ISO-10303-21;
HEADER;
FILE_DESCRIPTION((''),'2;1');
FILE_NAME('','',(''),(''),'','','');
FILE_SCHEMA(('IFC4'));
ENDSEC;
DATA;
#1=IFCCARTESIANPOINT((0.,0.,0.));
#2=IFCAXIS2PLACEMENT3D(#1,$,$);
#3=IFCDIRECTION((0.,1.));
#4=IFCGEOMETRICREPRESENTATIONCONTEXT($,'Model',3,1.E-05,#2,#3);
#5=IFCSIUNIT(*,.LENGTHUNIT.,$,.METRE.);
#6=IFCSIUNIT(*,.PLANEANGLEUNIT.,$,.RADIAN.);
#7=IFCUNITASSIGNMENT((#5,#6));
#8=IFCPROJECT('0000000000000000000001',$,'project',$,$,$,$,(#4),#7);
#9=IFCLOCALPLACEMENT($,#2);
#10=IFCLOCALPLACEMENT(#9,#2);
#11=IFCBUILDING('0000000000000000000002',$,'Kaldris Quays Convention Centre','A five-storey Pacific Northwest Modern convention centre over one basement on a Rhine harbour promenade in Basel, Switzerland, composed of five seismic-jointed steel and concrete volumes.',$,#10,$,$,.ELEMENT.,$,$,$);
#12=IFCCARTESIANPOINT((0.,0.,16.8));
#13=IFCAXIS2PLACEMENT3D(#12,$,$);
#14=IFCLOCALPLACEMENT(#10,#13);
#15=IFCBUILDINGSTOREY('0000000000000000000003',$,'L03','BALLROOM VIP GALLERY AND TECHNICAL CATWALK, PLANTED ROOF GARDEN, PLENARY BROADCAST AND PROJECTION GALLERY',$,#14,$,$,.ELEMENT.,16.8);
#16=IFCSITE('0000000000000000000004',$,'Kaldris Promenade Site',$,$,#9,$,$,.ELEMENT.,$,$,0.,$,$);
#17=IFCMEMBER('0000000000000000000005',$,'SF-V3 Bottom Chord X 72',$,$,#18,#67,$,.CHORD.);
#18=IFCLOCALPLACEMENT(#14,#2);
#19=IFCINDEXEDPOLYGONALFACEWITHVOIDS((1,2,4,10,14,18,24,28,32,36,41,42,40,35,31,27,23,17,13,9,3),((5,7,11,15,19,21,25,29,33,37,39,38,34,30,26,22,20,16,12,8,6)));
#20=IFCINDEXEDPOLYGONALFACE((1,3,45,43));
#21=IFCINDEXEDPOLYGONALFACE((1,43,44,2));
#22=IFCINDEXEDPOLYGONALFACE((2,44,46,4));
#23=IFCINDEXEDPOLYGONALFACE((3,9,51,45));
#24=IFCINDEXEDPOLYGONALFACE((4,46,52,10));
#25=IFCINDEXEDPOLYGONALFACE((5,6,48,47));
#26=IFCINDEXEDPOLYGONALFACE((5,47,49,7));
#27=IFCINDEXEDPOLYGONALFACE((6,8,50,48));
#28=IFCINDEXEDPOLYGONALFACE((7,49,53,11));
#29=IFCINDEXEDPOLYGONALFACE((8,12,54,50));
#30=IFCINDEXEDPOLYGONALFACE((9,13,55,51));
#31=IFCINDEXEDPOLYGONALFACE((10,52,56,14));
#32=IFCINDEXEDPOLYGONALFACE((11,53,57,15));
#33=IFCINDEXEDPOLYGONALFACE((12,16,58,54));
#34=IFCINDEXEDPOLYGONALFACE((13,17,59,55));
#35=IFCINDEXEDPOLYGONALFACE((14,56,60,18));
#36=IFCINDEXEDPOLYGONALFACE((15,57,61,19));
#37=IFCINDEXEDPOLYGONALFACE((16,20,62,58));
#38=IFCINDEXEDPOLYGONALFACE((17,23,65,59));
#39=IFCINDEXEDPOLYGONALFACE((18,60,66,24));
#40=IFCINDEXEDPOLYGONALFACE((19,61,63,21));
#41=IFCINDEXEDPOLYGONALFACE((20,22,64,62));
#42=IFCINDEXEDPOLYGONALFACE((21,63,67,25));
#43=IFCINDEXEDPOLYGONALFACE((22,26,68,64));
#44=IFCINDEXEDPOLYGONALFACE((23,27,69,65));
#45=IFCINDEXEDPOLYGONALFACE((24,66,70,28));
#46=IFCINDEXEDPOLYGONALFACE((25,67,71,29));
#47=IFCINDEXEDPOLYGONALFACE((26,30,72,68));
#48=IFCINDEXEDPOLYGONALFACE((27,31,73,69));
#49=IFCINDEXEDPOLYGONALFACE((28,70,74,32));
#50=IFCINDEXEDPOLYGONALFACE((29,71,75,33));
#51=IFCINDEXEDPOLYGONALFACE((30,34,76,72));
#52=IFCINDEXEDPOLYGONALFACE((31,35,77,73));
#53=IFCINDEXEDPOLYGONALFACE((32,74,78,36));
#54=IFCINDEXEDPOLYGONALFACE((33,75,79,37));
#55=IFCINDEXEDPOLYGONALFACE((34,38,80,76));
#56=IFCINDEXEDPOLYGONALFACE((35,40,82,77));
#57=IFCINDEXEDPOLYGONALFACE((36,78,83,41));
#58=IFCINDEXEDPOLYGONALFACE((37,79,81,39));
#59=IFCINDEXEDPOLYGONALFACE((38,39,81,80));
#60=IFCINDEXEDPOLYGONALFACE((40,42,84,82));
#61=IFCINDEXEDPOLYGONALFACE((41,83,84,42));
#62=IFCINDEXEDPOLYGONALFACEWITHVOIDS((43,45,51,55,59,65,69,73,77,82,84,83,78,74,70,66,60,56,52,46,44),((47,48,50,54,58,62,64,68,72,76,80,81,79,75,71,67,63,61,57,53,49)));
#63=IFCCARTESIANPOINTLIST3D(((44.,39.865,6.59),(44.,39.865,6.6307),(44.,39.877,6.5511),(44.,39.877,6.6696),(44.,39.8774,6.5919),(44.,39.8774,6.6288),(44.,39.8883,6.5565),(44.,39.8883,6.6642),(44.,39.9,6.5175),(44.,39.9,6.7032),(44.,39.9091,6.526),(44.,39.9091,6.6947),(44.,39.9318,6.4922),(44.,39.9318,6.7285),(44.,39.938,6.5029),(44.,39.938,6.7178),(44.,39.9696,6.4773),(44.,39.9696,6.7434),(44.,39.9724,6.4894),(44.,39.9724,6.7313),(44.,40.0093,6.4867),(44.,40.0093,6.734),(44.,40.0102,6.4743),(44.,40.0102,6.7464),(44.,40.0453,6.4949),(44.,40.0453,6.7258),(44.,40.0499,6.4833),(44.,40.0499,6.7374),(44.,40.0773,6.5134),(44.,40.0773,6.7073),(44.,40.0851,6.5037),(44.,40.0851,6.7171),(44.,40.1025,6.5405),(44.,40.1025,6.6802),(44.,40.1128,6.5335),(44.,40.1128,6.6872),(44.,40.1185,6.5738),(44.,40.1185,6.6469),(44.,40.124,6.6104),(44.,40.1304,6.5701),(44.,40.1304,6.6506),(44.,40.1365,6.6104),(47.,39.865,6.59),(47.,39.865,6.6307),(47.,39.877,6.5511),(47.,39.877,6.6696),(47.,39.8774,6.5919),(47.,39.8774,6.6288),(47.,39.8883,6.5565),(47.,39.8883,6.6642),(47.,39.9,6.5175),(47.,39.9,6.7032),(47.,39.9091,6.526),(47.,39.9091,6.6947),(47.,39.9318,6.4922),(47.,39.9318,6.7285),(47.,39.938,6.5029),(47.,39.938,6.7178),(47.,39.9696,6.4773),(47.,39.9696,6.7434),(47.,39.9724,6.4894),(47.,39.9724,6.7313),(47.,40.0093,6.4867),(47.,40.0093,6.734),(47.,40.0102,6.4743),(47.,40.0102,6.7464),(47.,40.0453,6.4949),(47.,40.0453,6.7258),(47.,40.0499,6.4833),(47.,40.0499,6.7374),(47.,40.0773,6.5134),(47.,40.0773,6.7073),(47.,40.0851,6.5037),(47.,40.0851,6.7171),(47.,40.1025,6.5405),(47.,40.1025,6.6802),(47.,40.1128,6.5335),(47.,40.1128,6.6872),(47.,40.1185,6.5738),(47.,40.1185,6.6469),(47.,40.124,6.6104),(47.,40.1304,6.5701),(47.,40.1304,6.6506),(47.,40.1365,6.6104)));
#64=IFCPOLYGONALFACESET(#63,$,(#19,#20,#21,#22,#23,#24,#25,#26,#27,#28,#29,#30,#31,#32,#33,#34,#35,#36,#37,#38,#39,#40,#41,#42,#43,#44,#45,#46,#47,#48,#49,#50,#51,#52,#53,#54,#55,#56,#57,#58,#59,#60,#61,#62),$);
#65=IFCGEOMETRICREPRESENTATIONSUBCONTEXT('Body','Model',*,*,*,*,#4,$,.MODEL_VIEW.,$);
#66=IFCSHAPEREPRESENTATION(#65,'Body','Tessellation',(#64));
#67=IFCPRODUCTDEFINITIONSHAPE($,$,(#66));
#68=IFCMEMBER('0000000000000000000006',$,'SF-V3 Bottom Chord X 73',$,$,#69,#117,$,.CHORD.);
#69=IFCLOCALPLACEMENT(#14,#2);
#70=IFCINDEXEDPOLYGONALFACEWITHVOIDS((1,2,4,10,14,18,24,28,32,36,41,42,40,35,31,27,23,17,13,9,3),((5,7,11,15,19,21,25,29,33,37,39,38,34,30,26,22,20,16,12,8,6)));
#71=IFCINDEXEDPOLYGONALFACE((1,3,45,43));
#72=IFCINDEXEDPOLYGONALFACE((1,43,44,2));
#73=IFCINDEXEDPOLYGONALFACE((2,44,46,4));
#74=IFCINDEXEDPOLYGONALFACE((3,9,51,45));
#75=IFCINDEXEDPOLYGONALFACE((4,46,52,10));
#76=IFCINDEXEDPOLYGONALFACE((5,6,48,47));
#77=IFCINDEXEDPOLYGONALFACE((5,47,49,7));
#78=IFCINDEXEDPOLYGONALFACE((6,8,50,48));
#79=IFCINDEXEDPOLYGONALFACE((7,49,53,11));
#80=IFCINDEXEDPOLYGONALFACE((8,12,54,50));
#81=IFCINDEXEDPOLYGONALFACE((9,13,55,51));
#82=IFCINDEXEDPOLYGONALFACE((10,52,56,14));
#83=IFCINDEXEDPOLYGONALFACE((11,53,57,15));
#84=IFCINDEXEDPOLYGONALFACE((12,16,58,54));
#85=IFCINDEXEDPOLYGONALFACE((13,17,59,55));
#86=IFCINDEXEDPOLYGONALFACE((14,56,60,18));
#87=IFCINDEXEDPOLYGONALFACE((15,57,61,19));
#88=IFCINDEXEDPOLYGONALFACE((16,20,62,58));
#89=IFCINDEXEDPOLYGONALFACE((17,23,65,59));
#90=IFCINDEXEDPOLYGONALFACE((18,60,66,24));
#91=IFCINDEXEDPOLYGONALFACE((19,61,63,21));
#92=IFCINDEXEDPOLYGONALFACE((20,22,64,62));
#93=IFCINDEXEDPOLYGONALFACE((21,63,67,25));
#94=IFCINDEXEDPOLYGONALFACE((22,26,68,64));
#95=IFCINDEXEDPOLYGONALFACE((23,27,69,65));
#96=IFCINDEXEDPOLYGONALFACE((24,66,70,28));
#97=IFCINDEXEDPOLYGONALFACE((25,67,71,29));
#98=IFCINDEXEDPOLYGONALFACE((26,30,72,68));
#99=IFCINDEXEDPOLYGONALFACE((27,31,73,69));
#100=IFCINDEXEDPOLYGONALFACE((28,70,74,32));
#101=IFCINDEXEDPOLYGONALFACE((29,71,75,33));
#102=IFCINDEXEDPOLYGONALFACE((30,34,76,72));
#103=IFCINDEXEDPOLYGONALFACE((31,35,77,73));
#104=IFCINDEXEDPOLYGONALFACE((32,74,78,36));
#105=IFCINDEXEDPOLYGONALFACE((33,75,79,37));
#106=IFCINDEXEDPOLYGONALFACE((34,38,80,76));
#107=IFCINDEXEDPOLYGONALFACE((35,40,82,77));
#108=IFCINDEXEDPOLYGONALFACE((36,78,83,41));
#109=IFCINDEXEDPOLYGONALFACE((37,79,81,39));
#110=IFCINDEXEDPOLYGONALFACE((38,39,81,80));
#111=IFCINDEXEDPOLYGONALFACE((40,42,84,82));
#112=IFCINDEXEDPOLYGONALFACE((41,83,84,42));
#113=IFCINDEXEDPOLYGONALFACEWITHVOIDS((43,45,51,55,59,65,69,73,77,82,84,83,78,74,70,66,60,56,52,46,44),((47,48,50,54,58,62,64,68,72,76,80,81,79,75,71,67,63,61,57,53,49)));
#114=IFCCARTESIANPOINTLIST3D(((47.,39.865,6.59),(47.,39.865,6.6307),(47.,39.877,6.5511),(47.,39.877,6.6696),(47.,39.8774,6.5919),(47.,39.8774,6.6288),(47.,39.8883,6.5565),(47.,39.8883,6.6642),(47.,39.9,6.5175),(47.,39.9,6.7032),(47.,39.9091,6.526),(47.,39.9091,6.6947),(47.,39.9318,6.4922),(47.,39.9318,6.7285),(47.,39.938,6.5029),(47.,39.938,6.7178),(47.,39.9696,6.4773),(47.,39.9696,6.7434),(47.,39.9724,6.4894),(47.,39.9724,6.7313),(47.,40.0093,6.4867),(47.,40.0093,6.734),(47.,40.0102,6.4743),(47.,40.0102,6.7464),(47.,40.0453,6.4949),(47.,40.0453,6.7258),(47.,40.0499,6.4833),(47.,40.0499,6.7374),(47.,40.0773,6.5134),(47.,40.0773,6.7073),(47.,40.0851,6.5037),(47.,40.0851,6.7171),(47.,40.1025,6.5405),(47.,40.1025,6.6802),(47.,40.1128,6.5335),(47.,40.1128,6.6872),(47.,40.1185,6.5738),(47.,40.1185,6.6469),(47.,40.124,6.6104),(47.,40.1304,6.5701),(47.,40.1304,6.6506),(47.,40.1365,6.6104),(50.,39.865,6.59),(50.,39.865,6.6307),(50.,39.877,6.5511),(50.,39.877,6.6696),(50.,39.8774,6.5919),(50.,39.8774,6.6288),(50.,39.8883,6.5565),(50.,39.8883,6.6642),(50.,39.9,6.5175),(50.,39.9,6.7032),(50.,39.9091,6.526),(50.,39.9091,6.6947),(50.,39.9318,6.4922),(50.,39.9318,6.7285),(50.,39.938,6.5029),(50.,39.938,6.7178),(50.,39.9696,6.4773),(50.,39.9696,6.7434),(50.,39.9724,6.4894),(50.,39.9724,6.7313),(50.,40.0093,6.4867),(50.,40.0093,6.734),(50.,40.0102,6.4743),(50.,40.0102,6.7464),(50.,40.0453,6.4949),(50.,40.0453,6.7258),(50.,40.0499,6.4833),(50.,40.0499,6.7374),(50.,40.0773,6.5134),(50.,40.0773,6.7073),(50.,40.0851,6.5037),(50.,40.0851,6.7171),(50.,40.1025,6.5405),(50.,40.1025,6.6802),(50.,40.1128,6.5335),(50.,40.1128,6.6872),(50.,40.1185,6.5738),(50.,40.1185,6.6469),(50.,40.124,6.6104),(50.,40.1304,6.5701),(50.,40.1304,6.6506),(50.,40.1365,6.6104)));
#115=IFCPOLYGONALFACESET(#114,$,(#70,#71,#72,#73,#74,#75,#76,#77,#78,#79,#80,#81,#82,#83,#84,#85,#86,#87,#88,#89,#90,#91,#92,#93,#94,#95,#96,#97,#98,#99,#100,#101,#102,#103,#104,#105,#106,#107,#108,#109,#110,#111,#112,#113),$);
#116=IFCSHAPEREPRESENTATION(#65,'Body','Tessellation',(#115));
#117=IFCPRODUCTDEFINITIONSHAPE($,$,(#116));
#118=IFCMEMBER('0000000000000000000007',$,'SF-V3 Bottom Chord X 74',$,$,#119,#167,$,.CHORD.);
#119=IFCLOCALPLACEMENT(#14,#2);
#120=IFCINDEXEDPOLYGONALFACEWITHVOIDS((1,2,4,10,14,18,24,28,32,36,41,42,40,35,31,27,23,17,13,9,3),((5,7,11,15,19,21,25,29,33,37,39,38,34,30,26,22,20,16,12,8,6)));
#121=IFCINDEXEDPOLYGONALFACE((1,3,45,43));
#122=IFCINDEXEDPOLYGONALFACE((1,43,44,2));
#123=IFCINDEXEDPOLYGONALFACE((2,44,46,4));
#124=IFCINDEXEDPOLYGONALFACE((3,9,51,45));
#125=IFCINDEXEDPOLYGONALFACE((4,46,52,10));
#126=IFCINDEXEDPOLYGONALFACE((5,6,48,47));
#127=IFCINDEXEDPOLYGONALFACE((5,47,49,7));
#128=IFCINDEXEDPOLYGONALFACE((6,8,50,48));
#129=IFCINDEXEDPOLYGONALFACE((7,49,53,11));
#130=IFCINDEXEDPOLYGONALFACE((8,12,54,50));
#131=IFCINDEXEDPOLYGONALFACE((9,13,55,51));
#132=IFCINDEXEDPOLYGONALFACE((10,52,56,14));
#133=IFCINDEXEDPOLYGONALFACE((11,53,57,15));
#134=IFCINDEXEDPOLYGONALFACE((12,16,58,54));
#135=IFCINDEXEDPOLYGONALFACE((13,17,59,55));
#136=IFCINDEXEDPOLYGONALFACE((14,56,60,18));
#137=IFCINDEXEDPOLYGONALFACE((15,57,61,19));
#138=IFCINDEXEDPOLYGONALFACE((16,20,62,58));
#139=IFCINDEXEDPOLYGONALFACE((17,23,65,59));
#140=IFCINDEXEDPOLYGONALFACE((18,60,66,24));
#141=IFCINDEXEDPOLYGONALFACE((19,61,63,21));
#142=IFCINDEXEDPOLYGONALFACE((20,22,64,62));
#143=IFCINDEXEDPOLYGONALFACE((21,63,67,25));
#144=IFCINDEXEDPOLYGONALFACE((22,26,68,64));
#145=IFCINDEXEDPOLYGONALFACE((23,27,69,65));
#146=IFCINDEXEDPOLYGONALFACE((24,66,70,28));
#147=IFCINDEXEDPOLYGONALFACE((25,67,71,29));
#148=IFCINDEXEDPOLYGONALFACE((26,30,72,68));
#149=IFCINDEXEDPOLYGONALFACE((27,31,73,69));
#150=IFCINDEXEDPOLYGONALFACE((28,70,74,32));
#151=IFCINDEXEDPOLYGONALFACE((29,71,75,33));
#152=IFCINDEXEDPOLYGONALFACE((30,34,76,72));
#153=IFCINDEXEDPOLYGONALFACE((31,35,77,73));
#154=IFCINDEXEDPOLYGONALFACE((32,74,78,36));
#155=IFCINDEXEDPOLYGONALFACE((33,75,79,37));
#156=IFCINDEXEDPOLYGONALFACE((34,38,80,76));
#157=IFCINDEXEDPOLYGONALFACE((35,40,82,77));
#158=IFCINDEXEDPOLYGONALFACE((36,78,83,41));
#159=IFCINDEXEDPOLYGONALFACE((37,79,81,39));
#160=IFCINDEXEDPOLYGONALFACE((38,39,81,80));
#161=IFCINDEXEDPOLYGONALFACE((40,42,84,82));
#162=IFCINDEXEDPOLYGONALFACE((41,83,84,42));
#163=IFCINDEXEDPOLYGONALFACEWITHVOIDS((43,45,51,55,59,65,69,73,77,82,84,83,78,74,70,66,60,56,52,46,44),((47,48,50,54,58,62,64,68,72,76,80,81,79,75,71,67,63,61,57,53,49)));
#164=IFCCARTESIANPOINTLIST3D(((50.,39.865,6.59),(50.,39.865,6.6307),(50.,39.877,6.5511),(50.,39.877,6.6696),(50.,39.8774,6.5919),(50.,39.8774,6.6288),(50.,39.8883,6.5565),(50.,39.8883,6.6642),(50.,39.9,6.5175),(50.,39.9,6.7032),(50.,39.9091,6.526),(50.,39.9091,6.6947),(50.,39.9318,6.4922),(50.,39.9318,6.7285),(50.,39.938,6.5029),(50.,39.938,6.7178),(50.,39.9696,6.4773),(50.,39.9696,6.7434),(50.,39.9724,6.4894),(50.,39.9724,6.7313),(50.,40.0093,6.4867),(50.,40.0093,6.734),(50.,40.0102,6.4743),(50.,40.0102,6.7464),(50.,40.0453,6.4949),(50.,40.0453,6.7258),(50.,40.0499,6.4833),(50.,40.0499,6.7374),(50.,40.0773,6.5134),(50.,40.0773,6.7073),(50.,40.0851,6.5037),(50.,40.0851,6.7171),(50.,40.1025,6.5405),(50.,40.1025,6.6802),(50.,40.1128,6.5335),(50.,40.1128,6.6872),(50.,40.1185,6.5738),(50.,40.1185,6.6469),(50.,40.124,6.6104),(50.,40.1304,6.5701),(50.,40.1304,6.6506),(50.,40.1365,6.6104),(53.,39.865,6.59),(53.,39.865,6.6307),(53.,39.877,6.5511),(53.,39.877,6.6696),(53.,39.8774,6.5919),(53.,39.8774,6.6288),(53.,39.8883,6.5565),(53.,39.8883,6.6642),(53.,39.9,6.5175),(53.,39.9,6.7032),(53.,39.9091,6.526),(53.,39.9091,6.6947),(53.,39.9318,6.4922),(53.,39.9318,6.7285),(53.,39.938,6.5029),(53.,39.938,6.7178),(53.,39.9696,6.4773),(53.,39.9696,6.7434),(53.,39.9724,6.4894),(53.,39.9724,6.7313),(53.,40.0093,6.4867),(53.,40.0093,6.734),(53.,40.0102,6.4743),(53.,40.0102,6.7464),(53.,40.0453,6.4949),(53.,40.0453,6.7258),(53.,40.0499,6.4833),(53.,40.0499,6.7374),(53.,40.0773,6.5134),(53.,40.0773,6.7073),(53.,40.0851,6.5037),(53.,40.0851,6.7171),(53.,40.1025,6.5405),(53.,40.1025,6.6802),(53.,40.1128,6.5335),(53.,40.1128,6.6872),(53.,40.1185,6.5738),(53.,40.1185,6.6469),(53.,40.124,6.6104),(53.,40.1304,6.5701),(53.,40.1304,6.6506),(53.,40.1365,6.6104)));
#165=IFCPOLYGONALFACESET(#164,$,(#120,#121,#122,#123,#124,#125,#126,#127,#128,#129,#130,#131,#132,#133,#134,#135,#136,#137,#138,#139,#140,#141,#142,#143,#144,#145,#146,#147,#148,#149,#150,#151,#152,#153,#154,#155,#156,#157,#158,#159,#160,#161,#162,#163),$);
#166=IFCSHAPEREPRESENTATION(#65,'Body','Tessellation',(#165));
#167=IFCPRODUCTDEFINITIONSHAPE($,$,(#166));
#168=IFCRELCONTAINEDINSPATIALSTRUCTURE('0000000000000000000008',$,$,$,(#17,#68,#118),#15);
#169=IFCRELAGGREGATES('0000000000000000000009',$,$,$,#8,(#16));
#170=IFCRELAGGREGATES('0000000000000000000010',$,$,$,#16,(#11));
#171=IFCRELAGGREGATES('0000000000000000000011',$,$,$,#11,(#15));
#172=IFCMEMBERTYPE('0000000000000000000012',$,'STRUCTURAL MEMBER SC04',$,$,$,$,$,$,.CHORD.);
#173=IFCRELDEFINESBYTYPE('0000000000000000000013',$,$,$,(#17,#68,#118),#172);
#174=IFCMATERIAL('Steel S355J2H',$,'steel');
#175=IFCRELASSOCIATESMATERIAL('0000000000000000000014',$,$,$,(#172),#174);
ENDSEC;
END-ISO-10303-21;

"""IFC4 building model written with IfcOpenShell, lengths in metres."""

from ifc_helpers import new_model, si_unit, direction, frame, origin, origin_2d, place, context, subcontext, project, spatial, hollow_circle, extrude, material, material_profile, profile_set, type_object, element, save


model = new_model("IFC4")

# Units and contexts
model_context = context("Model", 3, precision=1e-05, world=origin(), true_north=direction((0.0, 1.0)))
body_context = subcontext(model_context, "Body", "Model", "MODEL_VIEW")
ifc_project = project(units=[si_unit("LENGTHUNIT", "METRE"), si_unit("PLANEANGLEUNIT", "RADIAN")], contexts=[model_context])

# Site, building, storey
site_placement = place(None, origin())
site = spatial("IfcSite", under=ifc_project, at=site_placement, Name="Kaldris Promenade Site", CompositionType="ELEMENT", RefElevation=0.0)
building_placement = place(site_placement, origin())
building = spatial("IfcBuilding", under=site, at=building_placement, Name="Kaldris Quays Convention Centre", Description="A five-storey Pacific Northwest Modern convention centre over one basement on a Rhine harbour promenade in Basel, Switzerland, composed of five seismic-jointed steel and concrete volumes.", CompositionType="ELEMENT")
storey_placement = place(building_placement, frame((0.0, 0.0, 16.8)))
storey = spatial("IfcBuildingStorey", under=building, at=storey_placement, Name="L03", Description="BALLROOM VIP GALLERY AND TECHNICAL CATWALK, PLANTED ROOF GARDEN, PLENARY BROADCAST AND PROJECTION GALLERY", CompositionType="ELEMENT", Elevation=16.8)

# Members
ifc_material_1 = material(Name="Steel S355J2H", Category="steel")
ifc_material_profile_1 = material_profile(ifc_material_1, hollow_circle(Radius=0.1365, WallThickness=0.0125, at=origin_2d()), Name="CHS 273x12.5")
ifc_profile_set_1 = profile_set([ifc_material_profile_1], Name="Steel S355J2H")
member_type_1 = type_object("IfcMemberType", Name="STRUCTURAL MEMBER SC04", PredefinedType="CHORD", material=ifc_profile_set_1)
for number, where, z_axis, x_axis, name in (
    (1, (44.0, 40.0, 6.6104), (1.0, 0.0, 0.0), (0.0, 1.0, 0.0), "SF-V3 Bottom Chord X 72"),
    (2, (47.0, 40.0, 6.6104), (1.0, 0.0, 0.0), (0.0, 1.0, 0.0), "SF-V3 Bottom Chord X 73"),
    (3, (50.0, 40.0, 6.6104), (1.0, 0.0, 0.0), (0.0, 1.0, 0.0), "SF-V3 Bottom Chord X 74"),
):
    element("IfcMember", number, at=place(storey_placement, frame(where, z_axis=z_axis, x_axis=x_axis)), inside=storey, type_object=member_type_1, Name=name, PredefinedType="CHORD", context=body_context, shape_type="SweptSolid", body=[
        extrude(hollow_circle(Radius=0.1365, WallThickness=0.0125, at=origin_2d()), origin(), (0.0, 0.0, 1.0), 3.0),
    ])

save(model, "model.ifc")
